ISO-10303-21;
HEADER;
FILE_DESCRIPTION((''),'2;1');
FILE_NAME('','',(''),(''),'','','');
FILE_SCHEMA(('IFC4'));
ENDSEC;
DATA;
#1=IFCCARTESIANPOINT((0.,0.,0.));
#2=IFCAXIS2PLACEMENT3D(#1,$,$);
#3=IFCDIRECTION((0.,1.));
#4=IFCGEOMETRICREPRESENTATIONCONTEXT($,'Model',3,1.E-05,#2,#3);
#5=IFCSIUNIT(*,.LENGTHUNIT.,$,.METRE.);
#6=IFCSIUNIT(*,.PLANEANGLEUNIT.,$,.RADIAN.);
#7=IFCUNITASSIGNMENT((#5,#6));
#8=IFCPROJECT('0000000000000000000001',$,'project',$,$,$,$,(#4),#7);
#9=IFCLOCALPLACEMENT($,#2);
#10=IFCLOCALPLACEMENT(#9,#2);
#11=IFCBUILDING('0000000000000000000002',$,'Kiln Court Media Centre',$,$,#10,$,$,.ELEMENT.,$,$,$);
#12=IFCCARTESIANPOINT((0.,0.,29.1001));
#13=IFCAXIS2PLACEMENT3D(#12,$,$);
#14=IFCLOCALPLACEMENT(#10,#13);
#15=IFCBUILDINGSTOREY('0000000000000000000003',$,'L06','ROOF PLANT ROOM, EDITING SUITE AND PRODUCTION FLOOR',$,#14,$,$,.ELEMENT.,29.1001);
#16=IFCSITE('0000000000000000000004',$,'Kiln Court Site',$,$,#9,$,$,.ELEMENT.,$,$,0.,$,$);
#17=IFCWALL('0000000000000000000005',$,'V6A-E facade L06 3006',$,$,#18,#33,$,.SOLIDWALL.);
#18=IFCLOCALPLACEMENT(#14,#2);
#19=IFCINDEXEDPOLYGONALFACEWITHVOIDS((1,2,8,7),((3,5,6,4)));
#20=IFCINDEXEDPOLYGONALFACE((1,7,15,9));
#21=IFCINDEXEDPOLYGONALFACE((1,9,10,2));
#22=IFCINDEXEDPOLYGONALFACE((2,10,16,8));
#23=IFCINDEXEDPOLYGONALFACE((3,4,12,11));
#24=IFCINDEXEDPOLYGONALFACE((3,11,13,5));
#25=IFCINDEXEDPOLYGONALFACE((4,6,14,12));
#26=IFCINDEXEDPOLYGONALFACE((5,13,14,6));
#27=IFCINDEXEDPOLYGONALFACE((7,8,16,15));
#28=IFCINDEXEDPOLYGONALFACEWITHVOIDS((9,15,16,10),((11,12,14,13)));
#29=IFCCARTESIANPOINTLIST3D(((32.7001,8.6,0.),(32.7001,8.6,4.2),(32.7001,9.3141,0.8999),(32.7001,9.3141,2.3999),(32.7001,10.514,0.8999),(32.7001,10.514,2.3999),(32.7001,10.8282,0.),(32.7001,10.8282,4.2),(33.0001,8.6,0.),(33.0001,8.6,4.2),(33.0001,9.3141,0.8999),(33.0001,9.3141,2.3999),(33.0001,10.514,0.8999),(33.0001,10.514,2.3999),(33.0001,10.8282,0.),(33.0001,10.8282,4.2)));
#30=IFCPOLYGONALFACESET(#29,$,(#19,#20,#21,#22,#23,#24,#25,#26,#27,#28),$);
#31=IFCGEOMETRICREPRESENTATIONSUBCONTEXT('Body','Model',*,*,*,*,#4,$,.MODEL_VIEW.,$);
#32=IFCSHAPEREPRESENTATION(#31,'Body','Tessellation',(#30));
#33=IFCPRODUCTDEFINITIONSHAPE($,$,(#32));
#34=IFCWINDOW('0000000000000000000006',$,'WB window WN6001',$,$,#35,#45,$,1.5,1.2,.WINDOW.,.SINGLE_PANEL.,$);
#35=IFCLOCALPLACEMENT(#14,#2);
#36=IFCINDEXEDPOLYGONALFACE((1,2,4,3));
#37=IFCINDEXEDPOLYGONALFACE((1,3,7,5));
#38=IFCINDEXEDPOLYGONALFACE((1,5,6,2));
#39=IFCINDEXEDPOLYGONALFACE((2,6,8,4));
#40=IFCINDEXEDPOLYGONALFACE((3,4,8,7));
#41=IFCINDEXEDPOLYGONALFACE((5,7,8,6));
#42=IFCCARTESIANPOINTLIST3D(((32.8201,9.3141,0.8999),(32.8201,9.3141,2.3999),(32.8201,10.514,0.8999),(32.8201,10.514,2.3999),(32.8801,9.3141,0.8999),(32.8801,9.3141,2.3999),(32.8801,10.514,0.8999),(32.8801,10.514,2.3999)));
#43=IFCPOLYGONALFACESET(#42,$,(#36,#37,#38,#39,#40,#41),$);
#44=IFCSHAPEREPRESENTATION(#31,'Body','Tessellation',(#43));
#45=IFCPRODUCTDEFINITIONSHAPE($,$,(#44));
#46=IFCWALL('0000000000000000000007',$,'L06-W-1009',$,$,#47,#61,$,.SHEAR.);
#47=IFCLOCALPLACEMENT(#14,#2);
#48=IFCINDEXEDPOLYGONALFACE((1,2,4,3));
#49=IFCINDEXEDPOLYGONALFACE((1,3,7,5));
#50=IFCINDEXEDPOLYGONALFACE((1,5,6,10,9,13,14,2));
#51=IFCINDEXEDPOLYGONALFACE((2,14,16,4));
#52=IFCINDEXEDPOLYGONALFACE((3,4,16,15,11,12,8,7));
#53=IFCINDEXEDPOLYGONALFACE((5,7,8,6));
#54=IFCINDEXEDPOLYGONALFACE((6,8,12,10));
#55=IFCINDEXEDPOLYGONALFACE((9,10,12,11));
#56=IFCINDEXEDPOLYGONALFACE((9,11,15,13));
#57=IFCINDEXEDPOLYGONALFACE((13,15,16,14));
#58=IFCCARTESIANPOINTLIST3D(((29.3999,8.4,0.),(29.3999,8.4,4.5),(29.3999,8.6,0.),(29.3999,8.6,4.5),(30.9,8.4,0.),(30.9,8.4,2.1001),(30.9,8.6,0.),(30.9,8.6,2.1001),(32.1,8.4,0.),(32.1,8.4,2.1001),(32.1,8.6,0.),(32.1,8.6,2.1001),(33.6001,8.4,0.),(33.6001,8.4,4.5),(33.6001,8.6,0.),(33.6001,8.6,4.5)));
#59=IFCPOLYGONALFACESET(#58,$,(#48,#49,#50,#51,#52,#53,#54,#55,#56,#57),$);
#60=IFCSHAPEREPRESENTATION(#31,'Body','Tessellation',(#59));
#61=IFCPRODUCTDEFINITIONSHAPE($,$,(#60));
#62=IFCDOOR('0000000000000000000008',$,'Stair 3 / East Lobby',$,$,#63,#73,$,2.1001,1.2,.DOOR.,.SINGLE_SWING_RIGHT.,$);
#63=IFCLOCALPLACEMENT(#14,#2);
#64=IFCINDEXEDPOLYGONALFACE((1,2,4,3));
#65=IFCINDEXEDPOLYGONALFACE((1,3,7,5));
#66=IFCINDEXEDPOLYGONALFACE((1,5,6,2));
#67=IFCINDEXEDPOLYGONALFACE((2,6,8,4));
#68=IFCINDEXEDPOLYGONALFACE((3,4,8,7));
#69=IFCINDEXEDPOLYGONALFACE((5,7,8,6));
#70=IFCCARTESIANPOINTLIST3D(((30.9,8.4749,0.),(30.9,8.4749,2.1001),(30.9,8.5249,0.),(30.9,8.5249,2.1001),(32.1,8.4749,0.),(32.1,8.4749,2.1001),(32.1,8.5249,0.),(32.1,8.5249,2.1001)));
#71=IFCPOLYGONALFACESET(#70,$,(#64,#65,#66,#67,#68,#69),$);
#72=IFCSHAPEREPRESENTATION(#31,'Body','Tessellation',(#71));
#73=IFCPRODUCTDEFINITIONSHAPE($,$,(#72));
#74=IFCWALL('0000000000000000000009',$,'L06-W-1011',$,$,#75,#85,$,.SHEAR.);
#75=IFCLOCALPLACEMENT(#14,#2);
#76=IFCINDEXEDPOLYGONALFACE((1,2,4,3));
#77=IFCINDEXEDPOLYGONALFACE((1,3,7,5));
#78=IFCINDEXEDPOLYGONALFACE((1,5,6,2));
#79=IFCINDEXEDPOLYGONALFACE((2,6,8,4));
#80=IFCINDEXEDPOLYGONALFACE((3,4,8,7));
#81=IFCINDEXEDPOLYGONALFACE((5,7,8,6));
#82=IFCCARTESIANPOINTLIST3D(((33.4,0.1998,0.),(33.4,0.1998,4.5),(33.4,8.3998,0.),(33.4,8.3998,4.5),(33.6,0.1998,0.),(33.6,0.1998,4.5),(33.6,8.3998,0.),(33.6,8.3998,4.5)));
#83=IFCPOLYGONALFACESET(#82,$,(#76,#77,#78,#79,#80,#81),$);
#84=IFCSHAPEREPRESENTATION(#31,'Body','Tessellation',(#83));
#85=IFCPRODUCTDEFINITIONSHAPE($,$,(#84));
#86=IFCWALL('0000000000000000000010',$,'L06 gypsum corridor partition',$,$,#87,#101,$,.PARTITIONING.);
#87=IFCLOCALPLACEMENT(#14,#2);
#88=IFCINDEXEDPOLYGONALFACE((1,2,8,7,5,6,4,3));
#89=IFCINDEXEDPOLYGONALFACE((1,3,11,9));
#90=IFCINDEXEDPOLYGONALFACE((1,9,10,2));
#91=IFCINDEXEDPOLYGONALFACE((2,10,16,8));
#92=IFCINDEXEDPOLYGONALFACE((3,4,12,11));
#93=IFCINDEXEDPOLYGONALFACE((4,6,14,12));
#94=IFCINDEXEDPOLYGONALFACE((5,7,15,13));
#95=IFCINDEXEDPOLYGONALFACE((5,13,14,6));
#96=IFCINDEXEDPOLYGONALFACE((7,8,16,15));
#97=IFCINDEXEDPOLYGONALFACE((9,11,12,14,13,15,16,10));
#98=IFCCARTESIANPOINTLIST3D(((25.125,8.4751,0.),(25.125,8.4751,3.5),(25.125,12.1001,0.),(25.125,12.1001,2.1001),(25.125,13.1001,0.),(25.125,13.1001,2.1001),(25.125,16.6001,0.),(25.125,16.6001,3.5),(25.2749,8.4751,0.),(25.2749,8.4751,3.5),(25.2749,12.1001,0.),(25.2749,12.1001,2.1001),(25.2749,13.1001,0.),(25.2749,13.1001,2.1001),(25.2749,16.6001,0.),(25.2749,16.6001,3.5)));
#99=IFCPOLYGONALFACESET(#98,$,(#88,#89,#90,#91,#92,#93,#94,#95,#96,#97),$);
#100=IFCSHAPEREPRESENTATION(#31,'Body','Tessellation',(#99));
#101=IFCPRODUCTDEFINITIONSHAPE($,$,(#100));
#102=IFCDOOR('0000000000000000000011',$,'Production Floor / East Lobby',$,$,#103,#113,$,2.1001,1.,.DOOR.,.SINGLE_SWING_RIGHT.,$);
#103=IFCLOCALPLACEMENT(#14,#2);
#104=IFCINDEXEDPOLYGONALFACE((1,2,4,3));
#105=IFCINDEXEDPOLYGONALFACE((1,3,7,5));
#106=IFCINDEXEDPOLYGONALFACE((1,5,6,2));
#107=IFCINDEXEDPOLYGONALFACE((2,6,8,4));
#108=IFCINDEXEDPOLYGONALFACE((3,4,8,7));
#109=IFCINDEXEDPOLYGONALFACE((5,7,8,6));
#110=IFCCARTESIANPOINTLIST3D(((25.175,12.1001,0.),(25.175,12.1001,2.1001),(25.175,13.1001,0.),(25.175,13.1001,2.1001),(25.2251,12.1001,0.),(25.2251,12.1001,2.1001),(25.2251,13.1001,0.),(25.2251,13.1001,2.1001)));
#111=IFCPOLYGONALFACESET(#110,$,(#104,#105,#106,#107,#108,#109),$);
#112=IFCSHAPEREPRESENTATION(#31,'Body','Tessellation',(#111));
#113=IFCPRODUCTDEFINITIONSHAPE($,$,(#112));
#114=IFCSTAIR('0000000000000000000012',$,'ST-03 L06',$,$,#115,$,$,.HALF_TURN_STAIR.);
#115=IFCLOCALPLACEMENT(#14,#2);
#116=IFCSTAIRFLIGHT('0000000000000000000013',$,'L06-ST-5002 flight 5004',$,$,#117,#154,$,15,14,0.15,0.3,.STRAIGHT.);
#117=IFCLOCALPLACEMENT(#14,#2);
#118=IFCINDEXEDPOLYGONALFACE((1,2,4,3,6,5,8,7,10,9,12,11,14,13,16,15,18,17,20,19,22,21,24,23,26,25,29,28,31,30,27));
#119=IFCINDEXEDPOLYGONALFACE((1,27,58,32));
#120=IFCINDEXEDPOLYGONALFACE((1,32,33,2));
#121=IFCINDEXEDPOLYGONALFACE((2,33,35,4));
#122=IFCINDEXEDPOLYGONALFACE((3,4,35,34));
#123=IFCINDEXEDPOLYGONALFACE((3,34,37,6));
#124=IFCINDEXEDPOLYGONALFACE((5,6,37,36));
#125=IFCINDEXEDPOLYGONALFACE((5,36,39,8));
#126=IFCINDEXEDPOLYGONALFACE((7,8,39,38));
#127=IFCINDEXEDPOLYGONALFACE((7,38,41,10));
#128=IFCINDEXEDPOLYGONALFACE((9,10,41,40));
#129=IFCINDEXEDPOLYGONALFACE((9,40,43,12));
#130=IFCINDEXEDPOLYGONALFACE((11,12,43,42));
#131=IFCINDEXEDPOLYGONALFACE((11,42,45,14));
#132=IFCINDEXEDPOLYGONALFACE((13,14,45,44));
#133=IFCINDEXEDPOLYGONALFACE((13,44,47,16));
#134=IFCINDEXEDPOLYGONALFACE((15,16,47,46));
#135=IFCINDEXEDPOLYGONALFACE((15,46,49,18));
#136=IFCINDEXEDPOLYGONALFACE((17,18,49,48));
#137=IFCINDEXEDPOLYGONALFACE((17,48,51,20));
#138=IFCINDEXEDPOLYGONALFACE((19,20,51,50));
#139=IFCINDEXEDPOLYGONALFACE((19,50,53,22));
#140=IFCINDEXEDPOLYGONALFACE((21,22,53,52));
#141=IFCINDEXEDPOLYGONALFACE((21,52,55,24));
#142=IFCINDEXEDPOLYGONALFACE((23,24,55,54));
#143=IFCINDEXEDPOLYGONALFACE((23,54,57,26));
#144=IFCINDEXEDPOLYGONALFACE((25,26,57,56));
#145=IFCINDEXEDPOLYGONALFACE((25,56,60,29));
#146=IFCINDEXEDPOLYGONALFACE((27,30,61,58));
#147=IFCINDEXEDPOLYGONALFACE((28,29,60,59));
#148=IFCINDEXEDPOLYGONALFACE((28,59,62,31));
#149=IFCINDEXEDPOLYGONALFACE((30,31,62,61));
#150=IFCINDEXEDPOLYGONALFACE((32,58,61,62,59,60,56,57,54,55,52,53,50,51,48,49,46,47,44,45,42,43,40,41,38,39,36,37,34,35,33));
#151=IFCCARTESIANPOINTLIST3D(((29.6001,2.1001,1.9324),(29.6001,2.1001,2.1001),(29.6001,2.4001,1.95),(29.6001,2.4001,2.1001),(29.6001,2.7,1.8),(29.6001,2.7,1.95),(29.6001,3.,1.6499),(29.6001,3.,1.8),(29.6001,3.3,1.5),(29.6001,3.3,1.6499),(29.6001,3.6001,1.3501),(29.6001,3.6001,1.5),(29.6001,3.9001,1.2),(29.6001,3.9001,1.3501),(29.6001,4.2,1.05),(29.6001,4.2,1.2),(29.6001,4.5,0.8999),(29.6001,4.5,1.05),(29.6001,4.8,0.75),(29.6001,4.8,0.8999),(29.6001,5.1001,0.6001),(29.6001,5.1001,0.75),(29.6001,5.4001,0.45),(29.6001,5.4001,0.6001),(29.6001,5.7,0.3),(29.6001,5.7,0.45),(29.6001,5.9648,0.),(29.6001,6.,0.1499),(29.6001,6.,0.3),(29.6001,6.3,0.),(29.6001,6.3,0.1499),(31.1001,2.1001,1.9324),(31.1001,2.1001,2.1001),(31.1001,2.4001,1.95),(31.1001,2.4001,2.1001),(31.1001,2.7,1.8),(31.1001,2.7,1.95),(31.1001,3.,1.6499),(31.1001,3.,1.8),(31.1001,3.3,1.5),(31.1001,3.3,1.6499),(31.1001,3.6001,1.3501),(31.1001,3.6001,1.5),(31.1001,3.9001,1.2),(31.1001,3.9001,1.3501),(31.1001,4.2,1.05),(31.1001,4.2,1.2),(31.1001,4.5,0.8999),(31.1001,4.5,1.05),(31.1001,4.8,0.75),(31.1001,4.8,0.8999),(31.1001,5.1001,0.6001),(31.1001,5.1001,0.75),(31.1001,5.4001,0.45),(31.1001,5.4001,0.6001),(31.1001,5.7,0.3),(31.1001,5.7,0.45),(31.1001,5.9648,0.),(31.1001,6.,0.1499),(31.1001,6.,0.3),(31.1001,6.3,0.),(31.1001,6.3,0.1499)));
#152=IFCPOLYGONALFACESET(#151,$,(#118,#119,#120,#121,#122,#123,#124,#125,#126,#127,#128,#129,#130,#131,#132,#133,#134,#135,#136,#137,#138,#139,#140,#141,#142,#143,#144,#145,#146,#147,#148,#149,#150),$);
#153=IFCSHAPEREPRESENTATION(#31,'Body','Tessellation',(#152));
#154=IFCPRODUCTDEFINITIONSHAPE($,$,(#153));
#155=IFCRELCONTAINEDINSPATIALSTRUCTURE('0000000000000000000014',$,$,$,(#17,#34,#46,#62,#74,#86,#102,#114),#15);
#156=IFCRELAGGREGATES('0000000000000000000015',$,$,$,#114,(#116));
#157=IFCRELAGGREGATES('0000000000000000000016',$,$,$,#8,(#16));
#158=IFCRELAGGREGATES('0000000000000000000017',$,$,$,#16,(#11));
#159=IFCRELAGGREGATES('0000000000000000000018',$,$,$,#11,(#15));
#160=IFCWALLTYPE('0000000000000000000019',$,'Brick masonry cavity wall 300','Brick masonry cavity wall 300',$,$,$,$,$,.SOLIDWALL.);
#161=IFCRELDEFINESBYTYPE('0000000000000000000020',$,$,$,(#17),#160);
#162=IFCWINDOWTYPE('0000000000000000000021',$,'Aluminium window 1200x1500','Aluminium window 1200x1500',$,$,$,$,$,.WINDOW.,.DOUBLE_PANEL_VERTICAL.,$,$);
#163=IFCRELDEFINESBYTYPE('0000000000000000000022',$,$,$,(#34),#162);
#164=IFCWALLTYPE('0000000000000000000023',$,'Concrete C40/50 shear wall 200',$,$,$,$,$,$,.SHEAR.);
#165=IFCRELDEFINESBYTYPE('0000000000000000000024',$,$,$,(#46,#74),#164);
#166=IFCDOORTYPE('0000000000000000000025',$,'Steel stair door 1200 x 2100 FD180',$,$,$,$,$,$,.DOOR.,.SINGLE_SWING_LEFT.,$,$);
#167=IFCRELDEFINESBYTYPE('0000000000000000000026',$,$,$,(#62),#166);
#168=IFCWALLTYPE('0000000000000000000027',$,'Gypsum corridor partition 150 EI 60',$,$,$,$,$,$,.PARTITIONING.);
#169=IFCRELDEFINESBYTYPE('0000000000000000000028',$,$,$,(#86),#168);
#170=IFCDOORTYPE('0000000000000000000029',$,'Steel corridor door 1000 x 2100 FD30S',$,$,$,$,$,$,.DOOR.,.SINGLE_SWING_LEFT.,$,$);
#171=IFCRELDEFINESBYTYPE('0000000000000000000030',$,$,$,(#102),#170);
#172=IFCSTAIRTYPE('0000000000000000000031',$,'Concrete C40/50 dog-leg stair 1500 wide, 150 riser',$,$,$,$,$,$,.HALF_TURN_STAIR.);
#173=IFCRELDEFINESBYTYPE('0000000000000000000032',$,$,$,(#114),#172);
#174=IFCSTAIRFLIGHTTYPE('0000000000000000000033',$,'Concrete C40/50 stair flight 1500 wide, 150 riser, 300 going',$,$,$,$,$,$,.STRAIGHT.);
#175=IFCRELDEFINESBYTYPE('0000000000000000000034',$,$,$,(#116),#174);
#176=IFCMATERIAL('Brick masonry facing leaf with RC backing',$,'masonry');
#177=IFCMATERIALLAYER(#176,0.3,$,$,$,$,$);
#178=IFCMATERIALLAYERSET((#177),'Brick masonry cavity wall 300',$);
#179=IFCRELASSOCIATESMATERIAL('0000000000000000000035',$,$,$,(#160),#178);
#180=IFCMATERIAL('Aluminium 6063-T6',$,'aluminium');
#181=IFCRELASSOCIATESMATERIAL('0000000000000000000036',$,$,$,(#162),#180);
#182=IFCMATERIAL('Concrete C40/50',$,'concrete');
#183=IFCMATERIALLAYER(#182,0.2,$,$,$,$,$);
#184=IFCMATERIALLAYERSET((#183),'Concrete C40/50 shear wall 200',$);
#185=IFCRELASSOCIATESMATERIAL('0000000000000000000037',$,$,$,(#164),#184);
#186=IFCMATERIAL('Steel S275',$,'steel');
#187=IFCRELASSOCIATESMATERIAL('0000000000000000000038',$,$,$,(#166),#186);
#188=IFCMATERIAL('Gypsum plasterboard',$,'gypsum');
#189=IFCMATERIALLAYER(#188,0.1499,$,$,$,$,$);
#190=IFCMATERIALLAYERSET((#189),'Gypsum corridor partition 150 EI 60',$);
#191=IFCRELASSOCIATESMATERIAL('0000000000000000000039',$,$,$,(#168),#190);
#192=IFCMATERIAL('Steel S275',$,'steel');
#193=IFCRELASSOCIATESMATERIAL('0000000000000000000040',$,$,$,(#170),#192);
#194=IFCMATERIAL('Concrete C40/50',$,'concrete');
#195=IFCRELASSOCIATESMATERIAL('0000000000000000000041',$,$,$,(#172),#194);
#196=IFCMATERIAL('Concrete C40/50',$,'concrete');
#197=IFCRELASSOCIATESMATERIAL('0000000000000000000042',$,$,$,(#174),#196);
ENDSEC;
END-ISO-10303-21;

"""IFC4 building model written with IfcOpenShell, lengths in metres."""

from ifc_helpers import new_model, si_unit, direction, frame, frame_2d, origin, place, context, subcontext, project, spatial, polyline, rectangle, outline, extrude, material, layer, layer_set, type_object, element, fill, aggregate, save


model = new_model("IFC4")

# Units and contexts
model_context = context("Model", 3, precision=1e-05, world=origin(), true_north=direction((0.0, 1.0)))
body_context = subcontext(model_context, "Body", "Model", "MODEL_VIEW")
ifc_project = project(units=[si_unit("LENGTHUNIT", "METRE"), si_unit("PLANEANGLEUNIT", "RADIAN")], contexts=[model_context])

# Site, building, storey
site_placement = place(None, origin())
site = spatial("IfcSite", under=ifc_project, at=site_placement, Name="Kiln Court Site", CompositionType="ELEMENT", RefElevation=0.0)
building_placement = place(site_placement, origin())
building = spatial("IfcBuilding", under=site, at=building_placement, Name="Kiln Court Media Centre", CompositionType="ELEMENT")
storey_placement = place(building_placement, frame((0.0, 0.0, 29.1001)))
storey = spatial("IfcBuildingStorey", under=building, at=storey_placement, Name="L06", Description="ROOF PLANT ROOM, EDITING SUITE AND PRODUCTION FLOOR", CompositionType="ELEMENT", Elevation=29.1001)

# Wall, opening, window
ifc_material_1 = material(Name="Brick masonry facing leaf with RC backing", Category="masonry")
ifc_layer_1 = layer(ifc_material_1, 0.3)
ifc_layer_set_1 = layer_set([ifc_layer_1], Name="Brick masonry cavity wall 300")
wall_type_1 = type_object("IfcWallType", Name="Brick masonry cavity wall 300", Description="Brick masonry cavity wall 300", PredefinedType="SOLIDWALL", material=ifc_layer_set_1)
wall_1_placement = place(storey_placement, frame((32.8501, 10.8284, 0.0), z_axis=(0.0, 0.0, 1.0), x_axis=(0.0, -1.0, 0.0)))
wall_1 = element("IfcWall", 1, at=wall_1_placement, inside=storey, type_object=wall_type_1, Name="V6A-E facade L06 3006", PredefinedType="SOLIDWALL", context=body_context, shape_type="SweptSolid", body=[
    extrude(rectangle(XDim=2.2283, YDim=0.3, at=frame_2d((1.1143, 0.0))), origin(), (0.0, 0.0, 1.0), 4.2),
])
opening_1_placement = place(wall_1_placement, frame((0.3142, 0.0, 0.8999)))
opening_1 = element("IfcOpeningElement", 2, at=opening_1_placement, cuts=wall_1, PredefinedType="OPENING", context=body_context, shape_type="SweptSolid", body=[
    extrude(rectangle(XDim=1.2, YDim=1.5, at=frame_2d((0.6001, 0.75))), frame((0.0, 0.1599, 0.0), z_axis=(0.0, -1.0, 0.0), x_axis=(1.0, 0.0, 0.0)), (0.0, 0.0, 1.0), 0.3201),
])
ifc_material_2 = material(Name="Aluminium 6063-T6", Category="aluminium")
window_type = type_object("IfcWindowType", Name="Aluminium window 1200x1500", Description="Aluminium window 1200x1500", PartitioningType="DOUBLE_PANEL_VERTICAL", PredefinedType="WINDOW", material=ifc_material_2)
window_placement = place(opening_1_placement, origin())
window = element("IfcWindow", 3, at=window_placement, inside=storey, type_object=window_type, Name="WB window WN6001", OverallHeight=1.5, OverallWidth=1.2, PartitioningType="SINGLE_PANEL", PredefinedType="WINDOW", context=body_context, shape_type="SweptSolid", body=[
    extrude(rectangle(XDim=1.2, YDim=1.5, at=frame_2d((0.6001, 0.75))), frame((0.0, 0.03, 0.0), z_axis=(0.0, -1.0, 0.0), x_axis=(1.0, 0.0, 0.0)), (0.0, 0.0, 1.0), 0.0601),
])
fill(opening_1, window)

# Wall, opening, door
ifc_material_3 = material(Name="Concrete C40/50", Category="concrete")
ifc_layer_2 = layer(ifc_material_3, 0.2)
ifc_layer_set_2 = layer_set([ifc_layer_2], Name="Concrete C40/50 shear wall 200")
wall_type_2 = type_object("IfcWallType", Name="Concrete C40/50 shear wall 200", PredefinedType="SHEAR", material=ifc_layer_set_2)
wall_2_placement = place(storey_placement, frame((29.3999, 8.5, 0.0), z_axis=(0.0, 0.0, 1.0), x_axis=(1.0, 0.0, 0.0)))
wall_2 = element("IfcWall", 4, at=wall_2_placement, inside=storey, type_object=wall_type_2, Name="L06-W-1009", PredefinedType="SHEAR", context=body_context, shape_type="SweptSolid", body=[
    extrude(rectangle(XDim=4.2002, YDim=0.2, at=frame_2d((2.1001, 0.0))), origin(), (0.0, 0.0, 1.0), 4.5),
])
opening_2_placement = place(wall_2_placement, frame((1.5, 0.0, 0.0)))
opening_2 = element("IfcOpeningElement", 5, at=opening_2_placement, cuts=wall_2, PredefinedType="OPENING", context=body_context, shape_type="SweptSolid", body=[
    extrude(rectangle(XDim=1.2, YDim=2.1001, at=frame_2d((0.6001, 1.05))), frame((0.0, 0.1099, 0.0), z_axis=(0.0, -1.0, 0.0), x_axis=(1.0, 0.0, 0.0)), (0.0, 0.0, 1.0), 0.22),
])
ifc_material_4 = material(Name="Steel S275", Category="steel")
door_type_1 = type_object("IfcDoorType", Name="Steel stair door 1200 x 2100 FD180", OperationType="SINGLE_SWING_LEFT", PredefinedType="DOOR", material=ifc_material_4)
door_1_placement = place(opening_2_placement, origin())
door_1 = element("IfcDoor", 6, at=door_1_placement, inside=storey, type_object=door_type_1, Name="Stair 3 / East Lobby", OperationType="SINGLE_SWING_RIGHT", OverallHeight=2.1001, OverallWidth=1.2, PredefinedType="DOOR", context=body_context, shape_type="SweptSolid", body=[
    extrude(rectangle(XDim=1.2, YDim=2.1001, at=frame_2d((0.6001, 1.05))), frame((0.0, 0.0249, 0.0), z_axis=(0.0, -1.0, 0.0), x_axis=(1.0, 0.0, 0.0)), (0.0, 0.0, 1.0), 0.05),
])
fill(opening_2, door_1)

# Wall
wall_3_placement = place(storey_placement, frame((33.5, 8.3999, 0.0), z_axis=(0.0, 0.0, 1.0), x_axis=(0.0, -1.0, 0.0)))
element("IfcWall", 7, at=wall_3_placement, inside=storey, type_object=wall_type_2, Name="L06-W-1011", PredefinedType="SHEAR", context=body_context, shape_type="SweptSolid", body=[
    extrude(rectangle(XDim=8.2, YDim=0.2, at=frame_2d((4.1001, 0.0))), origin(), (0.0, 0.0, 1.0), 4.5),
])

# Wall, opening, door
ifc_material_5 = material(Name="Gypsum plasterboard", Category="gypsum")
ifc_layer_3 = layer(ifc_material_5, 0.1499)
ifc_layer_set_3 = layer_set([ifc_layer_3], Name="Gypsum corridor partition 150 EI 60")
wall_type_3 = type_object("IfcWallType", Name="Gypsum corridor partition 150 EI 60", PredefinedType="PARTITIONING", material=ifc_layer_set_3)
wall_4_placement = place(storey_placement, frame((25.2, 8.4751, 0.0), z_axis=(0.0, 0.0, 1.0), x_axis=(0.0, 1.0, 0.0)))
wall_4 = element("IfcWall", 8, at=wall_4_placement, inside=storey, type_object=wall_type_3, Name="L06 gypsum corridor partition", PredefinedType="PARTITIONING", context=body_context, shape_type="SweptSolid", body=[
    extrude(rectangle(XDim=8.125, YDim=0.1499, at=frame_2d((4.0625, 0.0))), origin(), (0.0, 0.0, 1.0), 3.5),
])
opening_3_placement = place(wall_4_placement, frame((3.625, 0.0, 0.0)))
opening_3 = element("IfcOpeningElement", 9, at=opening_3_placement, cuts=wall_4, PredefinedType="OPENING", context=body_context, shape_type="SweptSolid", body=[
    extrude(rectangle(XDim=1.0, YDim=2.1001, at=frame_2d((0.5, 1.05))), frame((0.0, 0.085, 0.0), z_axis=(0.0, -1.0, 0.0), x_axis=(1.0, 0.0, 0.0)), (0.0, 0.0, 1.0), 0.1699),
])
ifc_material_6 = material(Name="Steel S275", Category="steel")
door_type_2 = type_object("IfcDoorType", Name="Steel corridor door 1000 x 2100 FD30S", OperationType="SINGLE_SWING_LEFT", PredefinedType="DOOR", material=ifc_material_6)
door_2_placement = place(opening_3_placement, origin())
door_2 = element("IfcDoor", 10, at=door_2_placement, inside=storey, type_object=door_type_2, Name="Production Floor / East Lobby", OperationType="SINGLE_SWING_RIGHT", OverallHeight=2.1001, OverallWidth=1.0, PredefinedType="DOOR", context=body_context, shape_type="SweptSolid", body=[
    extrude(rectangle(XDim=1.0, YDim=2.1001, at=frame_2d((0.5, 1.05))), frame((0.0, 0.0249, 0.0), z_axis=(0.0, -1.0, 0.0), x_axis=(1.0, 0.0, 0.0)), (0.0, 0.0, 1.0), 0.05),
])
fill(opening_3, door_2)

# Stair, stair flight
ifc_material_7 = material(Name="Concrete C40/50", Category="concrete")
stair_type = type_object("IfcStairType", Name="Concrete C40/50 dog-leg stair 1500 wide, 150 riser", PredefinedType="HALF_TURN_STAIR", material=ifc_material_7)
stair_placement = place(storey_placement, origin())
stair = element("IfcStair", 11, at=stair_placement, inside=storey, type_object=stair_type, Name="ST-03 L06", PredefinedType="HALF_TURN_STAIR")
ifc_material_8 = material(Name="Concrete C40/50", Category="concrete")
stair_flight_type = type_object("IfcStairFlightType", Name="Concrete C40/50 stair flight 1500 wide, 150 riser, 300 going", PredefinedType="STRAIGHT", material=ifc_material_8)
stair_flight_placement = place(storey_placement, frame((30.3501, 6.3, 0.0), z_axis=(0.0, 0.0, 1.0), x_axis=(0.0, -1.0, 0.0)))
stair_flight = element("IfcStairFlight", 12, at=stair_flight_placement, type_object=stair_flight_type, Name="L06-ST-5002 flight 5004", NumberOfRisers=15, NumberOfTreads=14, PredefinedType="STRAIGHT", RiserHeight=0.15, TreadLength=0.3, context=body_context, shape_type="SweptSolid", body=[
    extrude(outline(polyline([(0.0, 0.0), (0.0, 0.1499), (0.3, 0.1499), (0.3, 0.3), (0.6001, 0.3), (0.6001, 0.45), (0.8999, 0.45), (0.8999, 0.6001), (1.2, 0.6001), (1.2, 0.75), (1.5, 0.75), (1.5, 0.8999), (1.8, 0.8999), (1.8, 1.05), (2.1001, 1.05), (2.1001, 1.2), (2.3999, 1.2), (2.3999, 1.3501), (2.7, 1.3501), (2.7, 1.5), (3.0, 1.5), (3.0, 1.6499), (3.3, 1.6499), (3.3, 1.8), (3.6001, 1.8), (3.6001, 1.95), (3.8999, 1.95), (3.8999, 2.1001), (4.2, 2.1001), (4.2, 2.25), (4.2, 1.9324), (0.3352, 0.0), (0.0, 0.0)])), frame((0.0, 0.75, 0.0), z_axis=(0.0, -1.0, 0.0), x_axis=(1.0, 0.0, 0.0)), (0.0, 0.0, 1.0), 1.5),
])
aggregate(stair, [stair_flight])

save(model, "model.ifc")
